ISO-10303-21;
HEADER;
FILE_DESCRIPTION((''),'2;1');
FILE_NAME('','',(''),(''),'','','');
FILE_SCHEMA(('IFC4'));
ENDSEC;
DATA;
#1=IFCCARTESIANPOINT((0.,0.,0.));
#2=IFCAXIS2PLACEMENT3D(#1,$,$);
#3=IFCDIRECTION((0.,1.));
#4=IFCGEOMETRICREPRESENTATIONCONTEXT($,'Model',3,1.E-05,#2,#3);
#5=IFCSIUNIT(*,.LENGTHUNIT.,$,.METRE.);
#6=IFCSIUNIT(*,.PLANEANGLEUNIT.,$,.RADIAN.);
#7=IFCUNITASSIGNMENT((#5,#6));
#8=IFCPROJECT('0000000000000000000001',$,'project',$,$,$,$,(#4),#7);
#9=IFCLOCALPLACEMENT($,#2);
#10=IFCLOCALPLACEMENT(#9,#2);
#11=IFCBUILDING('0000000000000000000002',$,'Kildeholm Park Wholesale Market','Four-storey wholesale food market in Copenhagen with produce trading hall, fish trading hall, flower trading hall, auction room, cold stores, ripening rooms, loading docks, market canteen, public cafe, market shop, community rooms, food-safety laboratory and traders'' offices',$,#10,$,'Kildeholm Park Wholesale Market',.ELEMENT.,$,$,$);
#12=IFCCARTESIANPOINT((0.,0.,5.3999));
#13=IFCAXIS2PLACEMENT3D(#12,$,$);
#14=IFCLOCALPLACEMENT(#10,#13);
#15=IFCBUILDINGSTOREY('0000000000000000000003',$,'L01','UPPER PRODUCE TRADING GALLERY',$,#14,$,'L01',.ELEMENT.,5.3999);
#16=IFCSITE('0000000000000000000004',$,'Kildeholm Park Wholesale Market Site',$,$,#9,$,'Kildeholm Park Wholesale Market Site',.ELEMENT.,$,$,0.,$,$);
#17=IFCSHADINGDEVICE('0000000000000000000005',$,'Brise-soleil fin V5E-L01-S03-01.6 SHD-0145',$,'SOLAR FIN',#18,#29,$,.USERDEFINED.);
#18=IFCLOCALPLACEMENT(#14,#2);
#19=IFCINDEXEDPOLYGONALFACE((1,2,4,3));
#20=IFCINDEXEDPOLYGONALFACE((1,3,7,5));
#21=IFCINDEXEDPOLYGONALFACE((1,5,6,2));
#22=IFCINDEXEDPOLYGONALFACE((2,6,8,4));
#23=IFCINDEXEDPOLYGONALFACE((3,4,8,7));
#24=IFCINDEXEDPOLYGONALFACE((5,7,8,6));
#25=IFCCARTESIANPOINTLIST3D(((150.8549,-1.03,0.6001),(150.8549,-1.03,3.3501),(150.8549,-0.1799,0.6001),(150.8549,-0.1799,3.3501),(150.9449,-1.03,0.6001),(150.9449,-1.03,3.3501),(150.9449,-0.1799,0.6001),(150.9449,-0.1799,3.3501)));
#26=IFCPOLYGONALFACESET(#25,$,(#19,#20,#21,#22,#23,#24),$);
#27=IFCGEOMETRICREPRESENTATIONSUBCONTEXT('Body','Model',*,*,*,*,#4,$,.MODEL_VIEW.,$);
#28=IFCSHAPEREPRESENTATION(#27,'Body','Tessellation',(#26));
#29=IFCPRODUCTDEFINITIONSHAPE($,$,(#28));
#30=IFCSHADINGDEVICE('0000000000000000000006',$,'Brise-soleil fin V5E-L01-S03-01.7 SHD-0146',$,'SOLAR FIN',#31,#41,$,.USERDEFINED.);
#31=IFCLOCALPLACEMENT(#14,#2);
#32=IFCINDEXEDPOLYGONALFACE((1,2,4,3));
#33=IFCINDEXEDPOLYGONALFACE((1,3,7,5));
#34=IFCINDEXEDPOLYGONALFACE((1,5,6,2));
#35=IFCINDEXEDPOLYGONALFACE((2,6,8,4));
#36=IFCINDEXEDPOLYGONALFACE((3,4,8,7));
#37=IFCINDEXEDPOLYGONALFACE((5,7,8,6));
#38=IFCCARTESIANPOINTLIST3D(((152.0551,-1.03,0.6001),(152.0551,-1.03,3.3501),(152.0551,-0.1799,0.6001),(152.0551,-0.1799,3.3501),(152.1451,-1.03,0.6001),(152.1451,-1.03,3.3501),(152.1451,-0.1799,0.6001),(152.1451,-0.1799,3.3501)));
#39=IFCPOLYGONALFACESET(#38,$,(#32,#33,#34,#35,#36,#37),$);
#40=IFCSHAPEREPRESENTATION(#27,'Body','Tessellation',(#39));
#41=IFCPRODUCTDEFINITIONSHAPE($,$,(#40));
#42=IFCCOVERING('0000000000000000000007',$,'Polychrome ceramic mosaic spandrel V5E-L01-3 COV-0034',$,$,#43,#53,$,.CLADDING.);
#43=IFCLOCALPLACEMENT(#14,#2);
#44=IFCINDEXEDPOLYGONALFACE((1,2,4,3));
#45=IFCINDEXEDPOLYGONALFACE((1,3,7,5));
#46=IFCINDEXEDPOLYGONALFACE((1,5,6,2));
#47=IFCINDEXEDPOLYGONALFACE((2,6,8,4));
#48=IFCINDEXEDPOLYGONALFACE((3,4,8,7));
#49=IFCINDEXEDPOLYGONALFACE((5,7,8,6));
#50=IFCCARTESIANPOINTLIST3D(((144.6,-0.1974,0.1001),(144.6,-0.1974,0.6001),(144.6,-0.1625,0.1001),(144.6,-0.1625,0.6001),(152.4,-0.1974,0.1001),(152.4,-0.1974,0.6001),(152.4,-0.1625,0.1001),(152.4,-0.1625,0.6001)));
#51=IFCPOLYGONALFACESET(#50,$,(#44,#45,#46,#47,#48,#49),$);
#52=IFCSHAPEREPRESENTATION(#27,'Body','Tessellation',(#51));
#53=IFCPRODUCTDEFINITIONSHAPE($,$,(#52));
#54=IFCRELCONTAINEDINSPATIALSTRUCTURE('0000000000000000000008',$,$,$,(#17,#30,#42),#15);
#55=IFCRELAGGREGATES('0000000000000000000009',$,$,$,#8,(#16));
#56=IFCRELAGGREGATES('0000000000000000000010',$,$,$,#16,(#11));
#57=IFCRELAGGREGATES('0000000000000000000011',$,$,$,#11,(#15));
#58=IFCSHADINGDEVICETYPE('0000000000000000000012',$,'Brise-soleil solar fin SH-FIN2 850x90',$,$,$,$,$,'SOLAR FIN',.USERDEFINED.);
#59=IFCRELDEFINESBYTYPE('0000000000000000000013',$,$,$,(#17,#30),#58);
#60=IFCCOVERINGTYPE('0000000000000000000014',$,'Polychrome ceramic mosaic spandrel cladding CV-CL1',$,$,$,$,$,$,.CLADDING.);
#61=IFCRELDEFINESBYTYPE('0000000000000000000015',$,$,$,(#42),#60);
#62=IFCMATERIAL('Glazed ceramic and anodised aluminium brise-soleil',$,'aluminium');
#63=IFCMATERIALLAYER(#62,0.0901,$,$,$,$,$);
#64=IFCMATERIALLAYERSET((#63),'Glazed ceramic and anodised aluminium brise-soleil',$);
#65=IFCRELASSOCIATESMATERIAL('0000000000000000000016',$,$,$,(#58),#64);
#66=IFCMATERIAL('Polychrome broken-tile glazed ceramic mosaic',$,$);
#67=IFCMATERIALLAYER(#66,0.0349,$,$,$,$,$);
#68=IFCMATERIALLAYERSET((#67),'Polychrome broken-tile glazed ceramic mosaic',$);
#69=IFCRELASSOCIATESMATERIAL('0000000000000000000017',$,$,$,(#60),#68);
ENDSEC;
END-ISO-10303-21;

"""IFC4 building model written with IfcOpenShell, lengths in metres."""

from ifc_helpers import new_model, si_unit, direction, frame, origin, origin_2d, place, context, subcontext, project, spatial, rectangle, extrude, material, layer, layer_set, type_object, element, save


model = new_model("IFC4")

# Units and contexts
model_context = context("Model", 3, precision=1e-05, world=origin(), true_north=direction((0.0, 1.0)))
body_context = subcontext(model_context, "Body", "Model", "MODEL_VIEW")
ifc_project = project(units=[si_unit("LENGTHUNIT", "METRE"), si_unit("PLANEANGLEUNIT", "RADIAN")], contexts=[model_context])

# Site, building, storey
site_placement = place(None, origin())
site = spatial("IfcSite", under=ifc_project, at=site_placement, Name="Kildeholm Park Wholesale Market Site", LongName="Kildeholm Park Wholesale Market Site", CompositionType="ELEMENT", RefElevation=0.0)
building_placement = place(site_placement, origin())
building = spatial("IfcBuilding", under=site, at=building_placement, Name="Kildeholm Park Wholesale Market", Description="Four-storey wholesale food market in Copenhagen with produce trading hall, fish trading hall, flower trading hall, auction room, cold stores, ripening rooms, loading docks, market canteen, public cafe, market shop, community rooms, food-safety laboratory and traders' offices", LongName="Kildeholm Park Wholesale Market", CompositionType="ELEMENT")
storey_placement = place(building_placement, frame((0.0, 0.0, 5.3999)))
storey = spatial("IfcBuildingStorey", under=building, at=storey_placement, Name="L01", Description="UPPER PRODUCE TRADING GALLERY", LongName="L01", CompositionType="ELEMENT", Elevation=5.3999)

# Shading devices
ifc_material_1 = material(Name="Glazed ceramic and anodised aluminium brise-soleil", Category="aluminium")
ifc_layer_1 = layer(ifc_material_1, 0.0901)
ifc_layer_set_1 = layer_set([ifc_layer_1], Name="Glazed ceramic and anodised aluminium brise-soleil")
shading_device_type = type_object("IfcShadingDeviceType", Name="Brise-soleil solar fin SH-FIN2 850x90", ElementType="SOLAR FIN", PredefinedType="USERDEFINED", material=ifc_layer_set_1)
for number, where, z_axis, x_axis, name in (
    (1, (150.8999, -0.605, 0.6001), (0.0, 0.0, 1.0), (0.0, -1.0, 0.0), "Brise-soleil fin V5E-L01-S03-01.6 SHD-0145"),
    (2, (152.1001, -0.605, 0.6001), (0.0, 0.0, 1.0), (0.0, -1.0, 0.0), "Brise-soleil fin V5E-L01-S03-01.7 SHD-0146"),
):
    element("IfcShadingDevice", number, at=place(storey_placement, frame(where, z_axis=z_axis, x_axis=x_axis)), inside=storey, type_object=shading_device_type, Name=name, ObjectType="SOLAR FIN", PredefinedType="USERDEFINED", context=body_context, shape_type="SweptSolid", body=[
        extrude(rectangle(XDim=0.8501, YDim=0.0901, at=origin_2d()), origin(), (0.0, 0.0, 1.0), 2.75),
    ])

# Covering
ifc_material_2 = material(Name="Polychrome broken-tile glazed ceramic mosaic")
ifc_layer_2 = layer(ifc_material_2, 0.0349)
ifc_layer_set_2 = layer_set([ifc_layer_2], Name="Polychrome broken-tile glazed ceramic mosaic")
covering_type = type_object("IfcCoveringType", Name="Polychrome ceramic mosaic spandrel cladding CV-CL1", PredefinedType="CLADDING", material=ifc_layer_set_2)
covering_placement = place(storey_placement, frame((148.5, -0.1799, 0.1001), z_axis=(0.0, 0.0, 1.0), x_axis=(1.0, 0.0, 0.0)))
element("IfcCovering", 3, at=covering_placement, inside=storey, type_object=covering_type, Name="Polychrome ceramic mosaic spandrel V5E-L01-3 COV-0034", PredefinedType="CLADDING", context=body_context, shape_type="SweptSolid", body=[
    extrude(rectangle(XDim=7.8, YDim=0.0349, at=origin_2d()), origin(), (0.0, 0.0, 1.0), 0.5),
])

save(model, "model.ifc")
